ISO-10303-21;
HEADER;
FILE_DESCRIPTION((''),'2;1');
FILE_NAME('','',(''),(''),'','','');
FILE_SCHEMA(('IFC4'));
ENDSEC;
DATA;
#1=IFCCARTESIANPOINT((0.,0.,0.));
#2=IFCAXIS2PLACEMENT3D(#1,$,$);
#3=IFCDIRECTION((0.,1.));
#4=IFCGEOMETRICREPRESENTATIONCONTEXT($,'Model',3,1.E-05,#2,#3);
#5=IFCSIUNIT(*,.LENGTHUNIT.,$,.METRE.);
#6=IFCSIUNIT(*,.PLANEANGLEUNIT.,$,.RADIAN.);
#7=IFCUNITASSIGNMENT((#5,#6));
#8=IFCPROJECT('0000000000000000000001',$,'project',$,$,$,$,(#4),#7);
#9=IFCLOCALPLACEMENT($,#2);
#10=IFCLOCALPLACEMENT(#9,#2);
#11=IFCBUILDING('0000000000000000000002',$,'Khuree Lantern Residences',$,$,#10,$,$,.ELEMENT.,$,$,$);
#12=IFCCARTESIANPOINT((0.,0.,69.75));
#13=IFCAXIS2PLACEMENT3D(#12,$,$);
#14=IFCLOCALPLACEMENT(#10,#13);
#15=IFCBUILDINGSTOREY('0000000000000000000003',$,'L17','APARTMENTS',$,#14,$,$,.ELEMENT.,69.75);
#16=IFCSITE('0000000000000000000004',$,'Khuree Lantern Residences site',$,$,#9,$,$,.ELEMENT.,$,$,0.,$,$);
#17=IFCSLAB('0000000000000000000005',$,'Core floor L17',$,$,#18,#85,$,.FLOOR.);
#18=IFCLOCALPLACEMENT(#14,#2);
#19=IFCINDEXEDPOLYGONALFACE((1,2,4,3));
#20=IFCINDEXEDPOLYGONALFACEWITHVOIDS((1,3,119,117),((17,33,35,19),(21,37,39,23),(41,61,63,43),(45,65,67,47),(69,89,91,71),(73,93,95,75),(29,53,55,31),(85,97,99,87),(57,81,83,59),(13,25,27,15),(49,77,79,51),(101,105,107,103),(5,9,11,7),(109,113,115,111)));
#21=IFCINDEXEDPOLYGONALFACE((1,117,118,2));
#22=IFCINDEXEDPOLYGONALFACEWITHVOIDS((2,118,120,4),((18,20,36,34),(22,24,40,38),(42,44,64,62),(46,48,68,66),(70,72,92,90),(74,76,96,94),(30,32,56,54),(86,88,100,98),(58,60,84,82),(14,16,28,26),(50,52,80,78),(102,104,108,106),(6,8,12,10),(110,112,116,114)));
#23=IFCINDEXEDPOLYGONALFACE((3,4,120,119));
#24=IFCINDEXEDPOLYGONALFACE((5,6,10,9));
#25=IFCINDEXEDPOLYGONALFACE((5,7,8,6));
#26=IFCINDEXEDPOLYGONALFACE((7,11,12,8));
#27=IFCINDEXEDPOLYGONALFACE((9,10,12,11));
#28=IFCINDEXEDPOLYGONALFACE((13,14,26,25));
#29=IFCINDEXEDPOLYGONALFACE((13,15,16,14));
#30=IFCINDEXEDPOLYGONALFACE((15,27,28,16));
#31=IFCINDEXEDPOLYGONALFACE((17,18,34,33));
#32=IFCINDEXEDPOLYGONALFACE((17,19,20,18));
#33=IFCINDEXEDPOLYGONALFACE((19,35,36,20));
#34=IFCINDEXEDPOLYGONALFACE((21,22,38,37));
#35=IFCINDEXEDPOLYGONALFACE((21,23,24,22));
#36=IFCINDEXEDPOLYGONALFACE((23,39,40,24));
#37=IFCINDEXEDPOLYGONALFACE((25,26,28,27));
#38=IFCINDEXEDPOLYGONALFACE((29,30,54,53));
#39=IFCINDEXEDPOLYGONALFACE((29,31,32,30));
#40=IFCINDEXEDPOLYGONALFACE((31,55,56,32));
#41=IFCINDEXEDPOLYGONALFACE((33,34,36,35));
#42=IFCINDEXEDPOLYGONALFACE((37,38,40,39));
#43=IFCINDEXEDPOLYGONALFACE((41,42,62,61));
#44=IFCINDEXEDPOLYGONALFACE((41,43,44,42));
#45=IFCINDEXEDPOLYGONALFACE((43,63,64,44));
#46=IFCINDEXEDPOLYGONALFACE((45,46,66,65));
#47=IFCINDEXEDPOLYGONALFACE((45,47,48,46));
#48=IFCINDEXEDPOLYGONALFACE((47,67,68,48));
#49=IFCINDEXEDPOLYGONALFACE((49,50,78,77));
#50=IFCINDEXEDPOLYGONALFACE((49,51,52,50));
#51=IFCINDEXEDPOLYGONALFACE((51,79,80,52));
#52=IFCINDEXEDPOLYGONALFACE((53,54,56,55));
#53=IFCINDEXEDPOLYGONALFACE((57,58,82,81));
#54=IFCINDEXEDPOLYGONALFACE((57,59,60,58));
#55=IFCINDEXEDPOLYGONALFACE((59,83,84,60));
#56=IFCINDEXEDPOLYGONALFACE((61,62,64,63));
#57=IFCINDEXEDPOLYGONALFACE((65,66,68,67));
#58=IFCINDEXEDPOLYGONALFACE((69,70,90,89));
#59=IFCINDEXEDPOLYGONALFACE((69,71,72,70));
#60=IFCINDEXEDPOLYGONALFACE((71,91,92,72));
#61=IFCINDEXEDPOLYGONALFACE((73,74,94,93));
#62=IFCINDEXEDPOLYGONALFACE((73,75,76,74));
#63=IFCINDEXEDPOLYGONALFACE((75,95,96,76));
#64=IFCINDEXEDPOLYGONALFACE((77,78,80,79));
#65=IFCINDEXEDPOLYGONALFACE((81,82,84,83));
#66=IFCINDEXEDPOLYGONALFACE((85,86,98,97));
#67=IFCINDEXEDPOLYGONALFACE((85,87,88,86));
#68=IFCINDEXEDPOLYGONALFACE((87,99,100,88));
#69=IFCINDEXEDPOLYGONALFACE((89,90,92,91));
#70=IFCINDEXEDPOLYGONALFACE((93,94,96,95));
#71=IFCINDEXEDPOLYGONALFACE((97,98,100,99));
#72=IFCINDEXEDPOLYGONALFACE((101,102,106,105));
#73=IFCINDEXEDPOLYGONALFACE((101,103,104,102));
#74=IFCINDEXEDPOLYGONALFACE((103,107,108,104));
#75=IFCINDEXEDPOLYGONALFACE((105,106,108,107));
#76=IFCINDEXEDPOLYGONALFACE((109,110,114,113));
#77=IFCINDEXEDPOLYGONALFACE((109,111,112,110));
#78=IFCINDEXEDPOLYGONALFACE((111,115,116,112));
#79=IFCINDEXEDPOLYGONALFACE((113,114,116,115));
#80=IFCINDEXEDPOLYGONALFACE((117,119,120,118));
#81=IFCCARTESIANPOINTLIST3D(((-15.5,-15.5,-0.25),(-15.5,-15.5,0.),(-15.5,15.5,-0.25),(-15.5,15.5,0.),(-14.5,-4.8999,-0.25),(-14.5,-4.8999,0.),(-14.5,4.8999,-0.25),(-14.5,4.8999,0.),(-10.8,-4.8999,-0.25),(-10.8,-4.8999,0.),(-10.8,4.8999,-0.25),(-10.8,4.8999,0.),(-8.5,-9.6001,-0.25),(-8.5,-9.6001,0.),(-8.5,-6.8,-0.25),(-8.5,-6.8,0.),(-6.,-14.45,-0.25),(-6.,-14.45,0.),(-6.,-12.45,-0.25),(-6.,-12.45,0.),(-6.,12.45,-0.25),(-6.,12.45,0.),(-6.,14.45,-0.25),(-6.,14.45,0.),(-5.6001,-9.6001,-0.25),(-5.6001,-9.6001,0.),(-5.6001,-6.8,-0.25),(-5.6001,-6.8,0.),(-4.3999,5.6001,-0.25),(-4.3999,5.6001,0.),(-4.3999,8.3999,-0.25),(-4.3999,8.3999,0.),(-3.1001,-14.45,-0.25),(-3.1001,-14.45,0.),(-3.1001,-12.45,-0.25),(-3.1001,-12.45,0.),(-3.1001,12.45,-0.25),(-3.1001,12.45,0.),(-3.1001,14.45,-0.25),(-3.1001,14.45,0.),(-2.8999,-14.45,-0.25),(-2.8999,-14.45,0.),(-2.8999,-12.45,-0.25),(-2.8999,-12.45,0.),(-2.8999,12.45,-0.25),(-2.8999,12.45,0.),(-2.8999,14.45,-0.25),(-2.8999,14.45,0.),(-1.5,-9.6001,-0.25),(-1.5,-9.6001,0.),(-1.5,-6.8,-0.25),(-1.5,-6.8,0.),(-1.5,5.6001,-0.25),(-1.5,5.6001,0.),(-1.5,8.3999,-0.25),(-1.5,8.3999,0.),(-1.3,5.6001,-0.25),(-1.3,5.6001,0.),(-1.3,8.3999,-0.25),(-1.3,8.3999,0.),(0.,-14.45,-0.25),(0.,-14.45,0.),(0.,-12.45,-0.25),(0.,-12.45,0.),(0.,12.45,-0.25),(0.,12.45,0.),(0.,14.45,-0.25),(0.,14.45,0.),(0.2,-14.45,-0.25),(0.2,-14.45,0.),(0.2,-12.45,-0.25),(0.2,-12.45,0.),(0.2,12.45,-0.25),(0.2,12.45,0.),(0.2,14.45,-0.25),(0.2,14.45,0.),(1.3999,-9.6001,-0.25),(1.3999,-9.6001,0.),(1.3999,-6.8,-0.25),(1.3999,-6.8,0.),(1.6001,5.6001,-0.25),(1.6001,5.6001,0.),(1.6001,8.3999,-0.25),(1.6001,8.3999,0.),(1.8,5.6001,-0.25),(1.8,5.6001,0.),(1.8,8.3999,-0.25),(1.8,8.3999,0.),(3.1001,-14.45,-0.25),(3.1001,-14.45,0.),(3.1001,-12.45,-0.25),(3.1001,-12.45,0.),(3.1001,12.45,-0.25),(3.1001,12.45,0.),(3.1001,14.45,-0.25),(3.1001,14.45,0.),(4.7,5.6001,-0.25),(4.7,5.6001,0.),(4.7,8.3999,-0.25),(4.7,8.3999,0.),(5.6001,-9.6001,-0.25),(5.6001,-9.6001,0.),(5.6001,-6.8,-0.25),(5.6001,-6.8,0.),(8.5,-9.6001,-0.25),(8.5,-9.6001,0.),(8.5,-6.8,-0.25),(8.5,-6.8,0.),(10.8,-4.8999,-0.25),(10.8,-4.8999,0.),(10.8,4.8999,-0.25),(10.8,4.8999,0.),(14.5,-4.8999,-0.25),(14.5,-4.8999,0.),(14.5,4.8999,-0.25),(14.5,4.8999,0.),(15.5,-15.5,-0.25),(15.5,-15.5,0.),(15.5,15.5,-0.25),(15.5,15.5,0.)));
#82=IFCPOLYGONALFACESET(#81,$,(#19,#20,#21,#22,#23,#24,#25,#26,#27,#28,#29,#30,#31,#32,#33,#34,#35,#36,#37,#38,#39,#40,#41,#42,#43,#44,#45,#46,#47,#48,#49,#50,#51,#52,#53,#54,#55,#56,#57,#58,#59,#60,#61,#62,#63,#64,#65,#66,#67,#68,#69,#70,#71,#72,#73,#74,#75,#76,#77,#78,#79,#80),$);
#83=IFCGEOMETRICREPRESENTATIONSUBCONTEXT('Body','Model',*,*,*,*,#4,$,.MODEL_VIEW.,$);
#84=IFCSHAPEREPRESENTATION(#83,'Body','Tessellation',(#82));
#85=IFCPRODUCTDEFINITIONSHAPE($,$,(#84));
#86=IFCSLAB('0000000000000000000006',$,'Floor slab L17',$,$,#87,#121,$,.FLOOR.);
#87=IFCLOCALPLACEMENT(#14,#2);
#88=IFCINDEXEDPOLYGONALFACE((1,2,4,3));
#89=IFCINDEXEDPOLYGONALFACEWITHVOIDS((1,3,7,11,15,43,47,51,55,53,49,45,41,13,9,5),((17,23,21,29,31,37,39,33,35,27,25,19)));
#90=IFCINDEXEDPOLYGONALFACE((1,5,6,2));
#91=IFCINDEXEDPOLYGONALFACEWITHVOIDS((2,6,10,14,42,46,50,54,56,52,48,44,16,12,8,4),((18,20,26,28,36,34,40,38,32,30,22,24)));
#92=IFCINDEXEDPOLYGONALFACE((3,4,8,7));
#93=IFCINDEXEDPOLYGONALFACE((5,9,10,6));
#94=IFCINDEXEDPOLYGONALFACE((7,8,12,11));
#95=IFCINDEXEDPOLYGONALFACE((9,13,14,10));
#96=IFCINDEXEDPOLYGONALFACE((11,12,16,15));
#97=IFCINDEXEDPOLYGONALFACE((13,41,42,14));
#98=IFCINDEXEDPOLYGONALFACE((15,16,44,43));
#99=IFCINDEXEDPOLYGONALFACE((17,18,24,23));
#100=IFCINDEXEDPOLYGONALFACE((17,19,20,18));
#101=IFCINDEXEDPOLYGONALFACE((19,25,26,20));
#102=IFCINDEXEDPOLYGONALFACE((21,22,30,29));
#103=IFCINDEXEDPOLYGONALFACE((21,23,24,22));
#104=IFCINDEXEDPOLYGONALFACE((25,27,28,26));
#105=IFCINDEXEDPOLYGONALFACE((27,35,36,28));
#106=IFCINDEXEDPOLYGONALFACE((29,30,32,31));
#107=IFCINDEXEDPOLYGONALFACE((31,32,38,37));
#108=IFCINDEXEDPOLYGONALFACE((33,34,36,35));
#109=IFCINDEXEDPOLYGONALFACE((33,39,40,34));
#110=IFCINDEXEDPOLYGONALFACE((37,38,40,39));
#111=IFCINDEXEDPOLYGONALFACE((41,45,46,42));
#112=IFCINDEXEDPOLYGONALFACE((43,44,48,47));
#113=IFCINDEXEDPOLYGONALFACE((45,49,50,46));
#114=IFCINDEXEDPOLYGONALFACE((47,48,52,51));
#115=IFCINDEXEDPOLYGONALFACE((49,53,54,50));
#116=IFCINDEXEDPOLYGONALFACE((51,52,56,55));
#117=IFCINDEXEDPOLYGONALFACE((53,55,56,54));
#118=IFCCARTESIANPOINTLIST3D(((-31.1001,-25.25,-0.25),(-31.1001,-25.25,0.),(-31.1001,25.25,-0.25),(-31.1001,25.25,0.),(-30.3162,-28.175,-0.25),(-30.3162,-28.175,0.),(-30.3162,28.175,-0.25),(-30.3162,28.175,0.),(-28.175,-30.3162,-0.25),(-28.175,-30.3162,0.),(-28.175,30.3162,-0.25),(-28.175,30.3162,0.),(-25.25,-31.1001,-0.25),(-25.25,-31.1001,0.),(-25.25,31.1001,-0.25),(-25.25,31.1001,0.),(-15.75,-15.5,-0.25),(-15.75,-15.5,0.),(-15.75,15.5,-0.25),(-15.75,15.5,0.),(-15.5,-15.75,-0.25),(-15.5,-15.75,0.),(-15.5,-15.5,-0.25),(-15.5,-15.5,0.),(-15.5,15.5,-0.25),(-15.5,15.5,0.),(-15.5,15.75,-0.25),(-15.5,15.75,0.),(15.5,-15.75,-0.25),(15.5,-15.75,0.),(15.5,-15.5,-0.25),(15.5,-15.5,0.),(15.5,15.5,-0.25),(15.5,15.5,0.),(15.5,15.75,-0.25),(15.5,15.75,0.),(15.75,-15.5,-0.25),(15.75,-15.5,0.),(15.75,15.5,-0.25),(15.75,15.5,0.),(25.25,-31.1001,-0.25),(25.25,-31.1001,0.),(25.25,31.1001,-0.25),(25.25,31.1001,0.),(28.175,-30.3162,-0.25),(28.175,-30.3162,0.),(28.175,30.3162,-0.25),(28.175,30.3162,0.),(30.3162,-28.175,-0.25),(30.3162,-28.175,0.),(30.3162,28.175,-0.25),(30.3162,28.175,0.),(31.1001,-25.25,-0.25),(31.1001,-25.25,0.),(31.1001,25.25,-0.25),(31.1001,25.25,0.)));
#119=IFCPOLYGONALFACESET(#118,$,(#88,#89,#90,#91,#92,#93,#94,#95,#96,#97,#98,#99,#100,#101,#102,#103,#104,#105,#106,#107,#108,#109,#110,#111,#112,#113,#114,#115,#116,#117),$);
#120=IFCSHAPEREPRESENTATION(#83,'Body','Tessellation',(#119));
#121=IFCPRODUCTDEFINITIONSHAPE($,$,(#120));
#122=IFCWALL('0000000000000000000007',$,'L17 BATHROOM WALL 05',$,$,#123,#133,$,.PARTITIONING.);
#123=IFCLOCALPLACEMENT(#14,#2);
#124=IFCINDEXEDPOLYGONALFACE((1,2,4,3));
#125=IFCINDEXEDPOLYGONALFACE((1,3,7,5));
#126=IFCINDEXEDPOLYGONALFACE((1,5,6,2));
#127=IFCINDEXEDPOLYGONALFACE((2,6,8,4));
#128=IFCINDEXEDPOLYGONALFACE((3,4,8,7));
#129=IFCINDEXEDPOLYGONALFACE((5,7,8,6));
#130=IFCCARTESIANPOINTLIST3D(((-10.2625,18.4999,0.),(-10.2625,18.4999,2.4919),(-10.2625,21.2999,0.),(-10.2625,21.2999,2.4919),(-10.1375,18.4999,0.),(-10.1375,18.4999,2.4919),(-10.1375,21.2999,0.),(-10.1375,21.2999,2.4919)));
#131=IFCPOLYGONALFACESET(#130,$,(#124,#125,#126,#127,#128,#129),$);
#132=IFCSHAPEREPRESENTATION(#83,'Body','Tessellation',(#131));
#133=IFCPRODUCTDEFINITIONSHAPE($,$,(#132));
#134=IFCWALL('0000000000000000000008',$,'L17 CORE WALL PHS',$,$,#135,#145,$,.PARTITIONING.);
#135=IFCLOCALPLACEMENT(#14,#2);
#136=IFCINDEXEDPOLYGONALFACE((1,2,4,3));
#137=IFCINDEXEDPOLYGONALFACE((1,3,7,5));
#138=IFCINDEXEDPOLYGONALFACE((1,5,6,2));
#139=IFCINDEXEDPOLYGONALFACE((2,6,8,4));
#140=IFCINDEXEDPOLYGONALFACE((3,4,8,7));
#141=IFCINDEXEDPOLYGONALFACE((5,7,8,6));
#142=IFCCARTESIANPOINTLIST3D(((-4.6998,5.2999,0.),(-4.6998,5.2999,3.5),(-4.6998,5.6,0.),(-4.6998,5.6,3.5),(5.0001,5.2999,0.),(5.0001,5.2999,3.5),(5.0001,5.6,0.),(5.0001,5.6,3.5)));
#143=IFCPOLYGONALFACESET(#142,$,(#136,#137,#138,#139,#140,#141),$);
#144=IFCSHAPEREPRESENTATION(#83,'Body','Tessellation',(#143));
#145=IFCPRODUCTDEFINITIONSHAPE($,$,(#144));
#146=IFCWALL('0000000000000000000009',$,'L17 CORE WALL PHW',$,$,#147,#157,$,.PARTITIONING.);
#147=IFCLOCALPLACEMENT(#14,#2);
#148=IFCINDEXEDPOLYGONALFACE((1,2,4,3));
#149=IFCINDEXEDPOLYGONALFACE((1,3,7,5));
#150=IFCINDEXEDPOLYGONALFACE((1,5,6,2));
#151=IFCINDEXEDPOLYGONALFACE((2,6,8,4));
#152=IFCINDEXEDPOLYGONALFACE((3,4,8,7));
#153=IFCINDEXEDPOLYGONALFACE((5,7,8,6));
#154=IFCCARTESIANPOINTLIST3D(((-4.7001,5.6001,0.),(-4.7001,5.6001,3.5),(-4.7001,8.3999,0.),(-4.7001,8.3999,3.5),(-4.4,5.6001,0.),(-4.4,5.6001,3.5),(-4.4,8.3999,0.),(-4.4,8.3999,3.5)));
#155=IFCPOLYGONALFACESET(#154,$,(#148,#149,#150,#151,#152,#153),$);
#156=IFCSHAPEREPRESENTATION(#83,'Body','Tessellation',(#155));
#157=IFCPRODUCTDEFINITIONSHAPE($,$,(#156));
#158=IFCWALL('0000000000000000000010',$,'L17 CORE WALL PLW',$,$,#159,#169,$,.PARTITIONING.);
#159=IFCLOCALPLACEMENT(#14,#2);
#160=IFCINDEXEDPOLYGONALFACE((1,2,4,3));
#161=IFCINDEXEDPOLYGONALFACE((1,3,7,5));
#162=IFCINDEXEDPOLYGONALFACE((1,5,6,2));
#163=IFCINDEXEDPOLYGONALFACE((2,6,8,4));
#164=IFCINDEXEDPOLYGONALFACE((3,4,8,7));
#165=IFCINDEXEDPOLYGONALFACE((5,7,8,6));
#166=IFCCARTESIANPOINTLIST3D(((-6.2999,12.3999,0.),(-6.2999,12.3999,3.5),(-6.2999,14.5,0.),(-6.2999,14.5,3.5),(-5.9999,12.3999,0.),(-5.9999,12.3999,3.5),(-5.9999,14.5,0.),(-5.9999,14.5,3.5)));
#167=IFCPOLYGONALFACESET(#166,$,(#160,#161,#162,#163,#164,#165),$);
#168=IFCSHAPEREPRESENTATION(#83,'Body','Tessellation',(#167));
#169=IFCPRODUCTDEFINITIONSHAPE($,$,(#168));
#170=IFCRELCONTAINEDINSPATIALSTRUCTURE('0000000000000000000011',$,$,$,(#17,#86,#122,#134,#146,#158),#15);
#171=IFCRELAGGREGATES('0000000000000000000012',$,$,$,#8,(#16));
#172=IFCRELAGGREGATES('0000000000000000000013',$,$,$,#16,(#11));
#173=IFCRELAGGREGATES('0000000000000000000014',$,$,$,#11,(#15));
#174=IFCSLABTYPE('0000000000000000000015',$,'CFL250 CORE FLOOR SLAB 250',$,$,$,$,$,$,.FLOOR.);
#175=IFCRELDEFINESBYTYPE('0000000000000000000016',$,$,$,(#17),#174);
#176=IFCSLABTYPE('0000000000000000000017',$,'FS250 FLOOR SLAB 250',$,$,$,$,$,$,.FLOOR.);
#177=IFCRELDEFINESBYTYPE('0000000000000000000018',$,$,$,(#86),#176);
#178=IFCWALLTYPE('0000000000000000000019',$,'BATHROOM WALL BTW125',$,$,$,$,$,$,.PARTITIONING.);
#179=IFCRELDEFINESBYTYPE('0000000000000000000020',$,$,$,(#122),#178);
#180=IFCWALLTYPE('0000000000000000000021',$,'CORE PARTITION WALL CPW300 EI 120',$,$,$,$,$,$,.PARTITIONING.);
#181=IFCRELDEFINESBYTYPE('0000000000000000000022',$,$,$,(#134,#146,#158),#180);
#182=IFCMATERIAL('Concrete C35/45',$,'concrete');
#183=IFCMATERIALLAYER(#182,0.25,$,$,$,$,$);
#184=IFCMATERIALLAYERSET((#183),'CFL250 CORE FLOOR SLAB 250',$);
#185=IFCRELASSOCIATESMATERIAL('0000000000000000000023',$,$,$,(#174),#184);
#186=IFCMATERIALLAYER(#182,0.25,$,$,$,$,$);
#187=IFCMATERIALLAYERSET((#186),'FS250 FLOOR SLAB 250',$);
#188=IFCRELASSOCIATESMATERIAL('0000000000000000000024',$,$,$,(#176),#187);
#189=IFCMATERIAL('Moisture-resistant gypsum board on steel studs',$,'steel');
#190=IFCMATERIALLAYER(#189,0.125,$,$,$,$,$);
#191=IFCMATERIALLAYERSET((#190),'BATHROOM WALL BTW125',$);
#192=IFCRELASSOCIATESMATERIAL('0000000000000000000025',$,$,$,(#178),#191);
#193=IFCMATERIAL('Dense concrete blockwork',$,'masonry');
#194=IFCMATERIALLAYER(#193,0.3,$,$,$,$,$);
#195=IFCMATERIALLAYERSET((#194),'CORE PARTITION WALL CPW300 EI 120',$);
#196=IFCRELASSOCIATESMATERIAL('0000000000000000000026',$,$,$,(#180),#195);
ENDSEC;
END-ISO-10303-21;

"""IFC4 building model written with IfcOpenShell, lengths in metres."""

from ifc_helpers import new_model, si_unit, direction, frame, frame_2d, origin, place, context, subcontext, project, spatial, polyline, rectangle, outline, extrude, material, layer, layer_set, type_object, element, save


model = new_model("IFC4")

# Units and contexts
model_context = context("Model", 3, precision=1e-05, world=origin(), true_north=direction((0.0, 1.0)))
body_context = subcontext(model_context, "Body", "Model", "MODEL_VIEW")
ifc_project = project(units=[si_unit("LENGTHUNIT", "METRE"), si_unit("PLANEANGLEUNIT", "RADIAN")], contexts=[model_context])

# Site, building, storey
site_placement = place(None, origin())
site = spatial("IfcSite", under=ifc_project, at=site_placement, Name="Khuree Lantern Residences site", CompositionType="ELEMENT", RefElevation=0.0)
building_placement = place(site_placement, origin())
building = spatial("IfcBuilding", under=site, at=building_placement, Name="Khuree Lantern Residences", CompositionType="ELEMENT")
storey_placement = place(building_placement, frame((0.0, 0.0, 69.75)))
storey = spatial("IfcBuildingStorey", under=building, at=storey_placement, Name="L17", Description="APARTMENTS", CompositionType="ELEMENT", Elevation=69.75)

# Slabs
ifc_material_1 = material(Name="Concrete C35/45", Category="concrete")
ifc_layer_1 = layer(ifc_material_1, 0.25)
ifc_layer_set_1 = layer_set([ifc_layer_1], Name="CFL250 CORE FLOOR SLAB 250")
slab_type_1 = type_object("IfcSlabType", Name="CFL250 CORE FLOOR SLAB 250", PredefinedType="FLOOR", material=ifc_layer_set_1)
slab_1_placement = place(storey_placement, frame((0.0, 0.0, -0.25)))
element("IfcSlab", 1, at=slab_1_placement, inside=storey, type_object=slab_type_1, Name="Core floor L17", PredefinedType="FLOOR", context=body_context, shape_type="SweptSolid", body=[
    extrude(outline(polyline([(-15.5, -15.5), (-15.5, 15.5), (15.5, 15.5), (15.5, -15.5), (-15.5, -15.5)]), holes=[polyline([(14.5, 4.8999), (10.8, 4.8999), (10.8, -4.8999), (14.5, -4.8999), (14.5, 4.8999)]), polyline([(8.5, -6.8), (5.6001, -6.8), (5.6001, -9.6001), (8.5, -9.6001), (8.5, -6.8)]), polyline([(4.7, 8.3999), (1.8, 8.3999), (1.8, 5.6001), (4.7, 5.6001), (4.7, 8.3999)]), polyline([(0.2, -12.45), (0.2, -14.45), (3.1001, -14.45), (3.1001, -12.45), (0.2, -12.45)]), polyline([(3.1001, 14.45), (0.2, 14.45), (0.2, 12.45), (3.1001, 12.45), (3.1001, 14.45)]), polyline([(1.6001, 8.3999), (-1.3, 8.3999), (-1.3, 5.6001), (1.6001, 5.6001), (1.6001, 8.3999)]), polyline([(1.3999, -6.8), (-1.5, -6.8), (-1.5, -9.6001), (1.3999, -9.6001), (1.3999, -6.8)]), polyline([(0.0, -12.45), (-2.8999, -12.45), (-2.8999, -14.45), (0.0, -14.45), (0.0, -12.45)]), polyline([(0.0, 14.45), (-2.8999, 14.45), (-2.8999, 12.45), (0.0, 12.45), (0.0, 14.45)]), polyline([(-1.5, 8.3999), (-4.3999, 8.3999), (-4.3999, 5.6001), (-1.5, 5.6001), (-1.5, 8.3999)]), polyline([(-6.0, -12.45), (-6.0, -14.45), (-3.1001, -14.45), (-3.1001, -12.45), (-6.0, -12.45)]), polyline([(-3.1001, 14.45), (-6.0, 14.45), (-6.0, 12.45), (-3.1001, 12.45), (-3.1001, 14.45)]), polyline([(-5.6001, -6.8), (-8.5, -6.8), (-8.5, -9.6001), (-5.6001, -9.6001), (-5.6001, -6.8)]), polyline([(-10.8, 4.8999), (-14.5, 4.8999), (-14.5, -4.8999), (-10.8, -4.8999), (-10.8, 4.8999)])]), origin(), (0.0, 0.0, 1.0), 0.25),
])
ifc_layer_2 = layer(ifc_material_1, 0.25)
ifc_layer_set_2 = layer_set([ifc_layer_2], Name="FS250 FLOOR SLAB 250")
slab_type_2 = type_object("IfcSlabType", Name="FS250 FLOOR SLAB 250", PredefinedType="FLOOR", material=ifc_layer_set_2)
slab_2_placement = place(storey_placement, frame((0.0, 0.0, -0.25)))
element("IfcSlab", 2, at=slab_2_placement, inside=storey, type_object=slab_type_2, Name="Floor slab L17", PredefinedType="FLOOR", context=body_context, shape_type="SweptSolid", body=[
    extrude(outline(polyline([(-28.175, -30.3162), (-30.3162, -28.175), (-31.1001, -25.25), (-31.1001, 25.25), (-30.3162, 28.175), (-28.175, 30.3162), (-25.25, 31.1001), (25.25, 31.1001), (28.175, 30.3162), (30.3162, 28.175), (31.1001, 25.25), (31.1001, -25.25), (30.3162, -28.175), (28.175, -30.3162), (25.25, -31.1001), (-25.25, -31.1001), (-28.175, -30.3162)]), holes=[polyline([(15.75, 15.5), (15.5, 15.5), (15.5, 15.75), (-15.5, 15.75), (-15.5, 15.5), (-15.75, 15.5), (-15.75, -15.5), (-15.5, -15.5), (-15.5, -15.75), (15.5, -15.75), (15.5, -15.5), (15.75, -15.5), (15.75, 15.5)])]), origin(), (0.0, 0.0, 1.0), 0.25),
])

# Walls
ifc_material_2 = material(Name="Moisture-resistant gypsum board on steel studs", Category="steel")
ifc_layer_3 = layer(ifc_material_2, 0.125)
ifc_layer_set_3 = layer_set([ifc_layer_3], Name="BATHROOM WALL BTW125")
wall_type_1 = type_object("IfcWallType", Name="BATHROOM WALL BTW125", PredefinedType="PARTITIONING", material=ifc_layer_set_3)
wall_1_placement = place(storey_placement, frame((-10.2, 18.5, 0.0), z_axis=(0.0, 0.0, 1.0), x_axis=(0.0, 1.0, 0.0)))
element("IfcWall", 3, at=wall_1_placement, inside=storey, type_object=wall_type_1, Name="L17 BATHROOM WALL 05", PredefinedType="PARTITIONING", context=body_context, shape_type="SweptSolid", body=[
    extrude(rectangle(XDim=2.8, YDim=0.125, at=frame_2d((1.3999, 0.0))), origin(), (0.0, 0.0, 1.0), 2.4919),
])
ifc_material_3 = material(Name="Dense concrete blockwork", Category="masonry")
ifc_layer_4 = layer(ifc_material_3, 0.3)
ifc_layer_set_4 = layer_set([ifc_layer_4], Name="CORE PARTITION WALL CPW300 EI 120")
wall_type_2 = type_object("IfcWallType", Name="CORE PARTITION WALL CPW300 EI 120", PredefinedType="PARTITIONING", material=ifc_layer_set_4)
wall_2_placement = place(storey_placement, frame((-4.7, 5.45, 0.0), z_axis=(0.0, 0.0, 1.0), x_axis=(1.0, 0.0, 0.0)))
element("IfcWall", 4, at=wall_2_placement, inside=storey, type_object=wall_type_2, Name="L17 CORE WALL PHS", PredefinedType="PARTITIONING", context=body_context, shape_type="SweptSolid", body=[
    extrude(rectangle(XDim=9.7, YDim=0.3, at=frame_2d((4.8501, 0.0))), origin(), (0.0, 0.0, 1.0), 3.5),
])
wall_3_placement = place(storey_placement, frame((-4.55, 5.6001, 0.0), z_axis=(0.0, 0.0, 1.0), x_axis=(0.0, 1.0, 0.0)))
element("IfcWall", 5, at=wall_3_placement, inside=storey, type_object=wall_type_2, Name="L17 CORE WALL PHW", PredefinedType="PARTITIONING", context=body_context, shape_type="SweptSolid", body=[
    extrude(rectangle(XDim=2.7998, YDim=0.3, at=frame_2d((1.3999, 0.0))), origin(), (0.0, 0.0, 1.0), 3.5),
])
wall_4_placement = place(storey_placement, frame((-6.1499, 12.3999, 0.0), z_axis=(0.0, 0.0, 1.0), x_axis=(0.0, 1.0, 0.0)))
element("IfcWall", 6, at=wall_4_placement, inside=storey, type_object=wall_type_2, Name="L17 CORE WALL PLW", PredefinedType="PARTITIONING", context=body_context, shape_type="SweptSolid", body=[
    extrude(rectangle(XDim=2.1001, YDim=0.3, at=frame_2d((1.05, 0.0))), origin(), (0.0, 0.0, 1.0), 3.5),
])

save(model, "model.ifc")
